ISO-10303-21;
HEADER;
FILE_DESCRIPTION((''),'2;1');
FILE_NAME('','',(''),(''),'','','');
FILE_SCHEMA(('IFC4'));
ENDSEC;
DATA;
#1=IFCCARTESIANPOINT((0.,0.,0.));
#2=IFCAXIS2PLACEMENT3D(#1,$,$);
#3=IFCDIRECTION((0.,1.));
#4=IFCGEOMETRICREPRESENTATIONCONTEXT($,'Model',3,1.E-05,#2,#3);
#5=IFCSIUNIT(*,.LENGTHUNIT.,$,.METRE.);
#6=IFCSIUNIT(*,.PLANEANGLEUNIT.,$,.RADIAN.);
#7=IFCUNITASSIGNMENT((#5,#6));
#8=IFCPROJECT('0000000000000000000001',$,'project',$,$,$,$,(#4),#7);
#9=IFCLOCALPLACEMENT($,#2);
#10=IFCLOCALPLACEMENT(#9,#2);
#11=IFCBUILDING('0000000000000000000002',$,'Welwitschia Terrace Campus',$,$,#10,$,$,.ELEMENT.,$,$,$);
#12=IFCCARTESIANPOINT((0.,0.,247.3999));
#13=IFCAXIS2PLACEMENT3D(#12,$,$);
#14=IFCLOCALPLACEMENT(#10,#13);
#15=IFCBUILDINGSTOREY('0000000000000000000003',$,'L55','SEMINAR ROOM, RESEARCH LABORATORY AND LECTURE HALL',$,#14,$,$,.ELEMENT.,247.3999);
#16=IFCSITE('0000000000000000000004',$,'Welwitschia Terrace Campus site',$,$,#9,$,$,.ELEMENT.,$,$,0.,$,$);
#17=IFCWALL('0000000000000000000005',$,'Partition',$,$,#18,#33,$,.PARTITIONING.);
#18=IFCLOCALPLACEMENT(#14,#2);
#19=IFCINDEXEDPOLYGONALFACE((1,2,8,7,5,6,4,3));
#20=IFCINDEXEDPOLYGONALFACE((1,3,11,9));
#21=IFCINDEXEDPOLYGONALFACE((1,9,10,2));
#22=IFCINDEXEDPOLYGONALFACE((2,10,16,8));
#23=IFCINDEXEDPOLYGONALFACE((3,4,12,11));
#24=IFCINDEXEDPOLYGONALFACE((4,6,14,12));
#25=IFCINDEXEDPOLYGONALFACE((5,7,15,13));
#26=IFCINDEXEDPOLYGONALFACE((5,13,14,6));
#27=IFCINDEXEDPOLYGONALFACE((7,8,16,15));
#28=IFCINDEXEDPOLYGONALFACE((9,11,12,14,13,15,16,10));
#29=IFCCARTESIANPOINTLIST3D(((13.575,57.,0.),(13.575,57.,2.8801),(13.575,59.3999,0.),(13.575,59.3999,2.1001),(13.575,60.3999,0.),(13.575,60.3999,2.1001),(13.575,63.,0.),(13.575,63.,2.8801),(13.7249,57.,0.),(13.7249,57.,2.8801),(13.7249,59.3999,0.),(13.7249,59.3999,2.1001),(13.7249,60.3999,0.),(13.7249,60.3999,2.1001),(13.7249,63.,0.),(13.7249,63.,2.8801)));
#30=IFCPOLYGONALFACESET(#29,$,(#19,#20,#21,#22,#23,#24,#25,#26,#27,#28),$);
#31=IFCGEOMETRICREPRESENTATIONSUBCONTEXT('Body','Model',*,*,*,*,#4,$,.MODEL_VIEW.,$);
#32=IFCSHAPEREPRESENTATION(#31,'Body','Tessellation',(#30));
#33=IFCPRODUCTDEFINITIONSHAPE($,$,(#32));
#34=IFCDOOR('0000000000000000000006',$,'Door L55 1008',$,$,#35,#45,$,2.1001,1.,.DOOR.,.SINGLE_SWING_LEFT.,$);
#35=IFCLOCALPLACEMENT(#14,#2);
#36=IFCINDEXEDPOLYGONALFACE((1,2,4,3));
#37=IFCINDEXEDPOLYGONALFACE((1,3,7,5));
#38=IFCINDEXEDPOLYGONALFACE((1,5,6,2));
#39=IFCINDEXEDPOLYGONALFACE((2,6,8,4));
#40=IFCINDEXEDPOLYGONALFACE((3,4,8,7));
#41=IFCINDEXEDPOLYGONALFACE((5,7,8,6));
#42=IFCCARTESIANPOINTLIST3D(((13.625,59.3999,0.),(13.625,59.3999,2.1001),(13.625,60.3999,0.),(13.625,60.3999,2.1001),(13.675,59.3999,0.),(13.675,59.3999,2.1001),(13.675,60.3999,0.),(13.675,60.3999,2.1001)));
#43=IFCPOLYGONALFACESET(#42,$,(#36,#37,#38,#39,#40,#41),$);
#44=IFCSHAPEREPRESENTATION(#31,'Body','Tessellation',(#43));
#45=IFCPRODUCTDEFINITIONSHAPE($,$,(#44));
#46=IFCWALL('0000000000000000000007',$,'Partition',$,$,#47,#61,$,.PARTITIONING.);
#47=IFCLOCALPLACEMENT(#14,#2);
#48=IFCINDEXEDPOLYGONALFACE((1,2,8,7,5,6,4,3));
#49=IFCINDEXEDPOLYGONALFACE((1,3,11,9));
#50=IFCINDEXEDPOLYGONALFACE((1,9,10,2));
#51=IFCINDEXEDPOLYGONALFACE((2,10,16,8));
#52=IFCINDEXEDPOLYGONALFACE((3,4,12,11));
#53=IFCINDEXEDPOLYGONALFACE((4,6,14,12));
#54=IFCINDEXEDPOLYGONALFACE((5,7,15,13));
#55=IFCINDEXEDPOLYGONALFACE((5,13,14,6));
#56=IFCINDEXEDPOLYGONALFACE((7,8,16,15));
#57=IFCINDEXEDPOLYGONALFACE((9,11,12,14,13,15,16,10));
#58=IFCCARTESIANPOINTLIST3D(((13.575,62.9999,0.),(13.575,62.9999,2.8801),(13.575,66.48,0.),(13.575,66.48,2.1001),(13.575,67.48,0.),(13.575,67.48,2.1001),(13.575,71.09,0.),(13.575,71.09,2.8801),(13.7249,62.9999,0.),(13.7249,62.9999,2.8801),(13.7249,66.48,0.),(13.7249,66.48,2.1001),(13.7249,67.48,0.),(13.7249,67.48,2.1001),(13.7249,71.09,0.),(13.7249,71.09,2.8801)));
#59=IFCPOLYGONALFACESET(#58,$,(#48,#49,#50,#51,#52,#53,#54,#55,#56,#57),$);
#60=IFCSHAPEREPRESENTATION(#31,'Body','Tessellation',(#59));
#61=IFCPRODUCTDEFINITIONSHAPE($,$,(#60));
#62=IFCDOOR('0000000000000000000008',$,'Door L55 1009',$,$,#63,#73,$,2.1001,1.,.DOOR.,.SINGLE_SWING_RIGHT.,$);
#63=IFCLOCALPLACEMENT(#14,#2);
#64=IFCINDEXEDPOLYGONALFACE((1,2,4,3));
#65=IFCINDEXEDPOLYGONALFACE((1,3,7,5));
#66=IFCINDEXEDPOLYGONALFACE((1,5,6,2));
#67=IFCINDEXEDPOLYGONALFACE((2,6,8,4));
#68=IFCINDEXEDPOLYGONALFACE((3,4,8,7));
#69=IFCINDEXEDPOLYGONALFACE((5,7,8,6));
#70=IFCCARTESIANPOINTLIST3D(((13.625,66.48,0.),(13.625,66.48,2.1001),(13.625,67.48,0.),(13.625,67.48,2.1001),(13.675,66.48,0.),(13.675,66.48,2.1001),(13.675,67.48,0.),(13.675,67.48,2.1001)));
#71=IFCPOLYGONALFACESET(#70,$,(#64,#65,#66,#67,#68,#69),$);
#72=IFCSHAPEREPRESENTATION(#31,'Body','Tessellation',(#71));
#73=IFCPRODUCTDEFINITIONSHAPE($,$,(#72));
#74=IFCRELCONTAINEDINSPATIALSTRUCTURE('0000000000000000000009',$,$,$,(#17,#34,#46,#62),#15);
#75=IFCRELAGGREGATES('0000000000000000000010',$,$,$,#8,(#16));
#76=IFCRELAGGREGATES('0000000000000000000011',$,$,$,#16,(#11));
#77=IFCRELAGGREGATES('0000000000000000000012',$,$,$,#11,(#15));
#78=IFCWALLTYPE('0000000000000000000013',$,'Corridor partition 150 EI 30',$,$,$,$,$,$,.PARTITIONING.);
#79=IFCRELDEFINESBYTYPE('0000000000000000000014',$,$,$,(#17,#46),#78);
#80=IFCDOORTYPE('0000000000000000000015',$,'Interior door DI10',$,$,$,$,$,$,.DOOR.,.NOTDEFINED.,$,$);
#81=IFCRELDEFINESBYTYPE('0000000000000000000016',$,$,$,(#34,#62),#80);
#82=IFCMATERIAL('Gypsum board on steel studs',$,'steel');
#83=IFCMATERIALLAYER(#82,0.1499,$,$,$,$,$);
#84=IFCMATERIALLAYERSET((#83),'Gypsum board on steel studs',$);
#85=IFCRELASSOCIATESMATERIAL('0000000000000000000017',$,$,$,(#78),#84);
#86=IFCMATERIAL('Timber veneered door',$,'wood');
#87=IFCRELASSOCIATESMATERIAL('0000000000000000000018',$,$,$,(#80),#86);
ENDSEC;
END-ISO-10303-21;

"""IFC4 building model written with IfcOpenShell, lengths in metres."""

from ifc_helpers import new_model, si_unit, direction, frame, frame_2d, origin, place, context, subcontext, project, spatial, rectangle, extrude, material, layer, layer_set, type_object, element, fill, save


model = new_model("IFC4")

# Units and contexts
model_context = context("Model", 3, precision=1e-05, world=origin(), true_north=direction((0.0, 1.0)))
body_context = subcontext(model_context, "Body", "Model", "MODEL_VIEW")
ifc_project = project(units=[si_unit("LENGTHUNIT", "METRE"), si_unit("PLANEANGLEUNIT", "RADIAN")], contexts=[model_context])

# Site, building, storey
site_placement = place(None, origin())
site = spatial("IfcSite", under=ifc_project, at=site_placement, Name="Welwitschia Terrace Campus site", CompositionType="ELEMENT", RefElevation=0.0)
building_placement = place(site_placement, origin())
building = spatial("IfcBuilding", under=site, at=building_placement, Name="Welwitschia Terrace Campus", CompositionType="ELEMENT")
storey_placement = place(building_placement, frame((0.0, 0.0, 247.3999)))
storey = spatial("IfcBuildingStorey", under=building, at=storey_placement, Name="L55", Description="SEMINAR ROOM, RESEARCH LABORATORY AND LECTURE HALL", CompositionType="ELEMENT", Elevation=247.3999)

# Shared definitions
ifc_material_1 = material(Name="Gypsum board on steel studs", Category="steel")
ifc_layer_1 = layer(ifc_material_1, 0.1499)
ifc_layer_set_1 = layer_set([ifc_layer_1], Name="Gypsum board on steel studs")
wall_type = type_object("IfcWallType", Name="Corridor partition 150 EI 30", PredefinedType="PARTITIONING", material=ifc_layer_set_1)

# Walls, openings, doors
wall_1_placement = place(storey_placement, frame((13.6499, 57.0, 0.0), z_axis=(0.0, 0.0, 1.0), x_axis=(0.0, 1.0, 0.0)))
wall_1 = element("IfcWall", 1, at=wall_1_placement, inside=storey, type_object=wall_type, Name="Partition", PredefinedType="PARTITIONING", context=body_context, shape_type="SweptSolid", body=[
    extrude(rectangle(XDim=6.0, YDim=0.1499, at=frame_2d((3.0, 0.0))), origin(), (0.0, 0.0, 1.0), 2.8801),
])
opening_1_placement = place(wall_1_placement, frame((2.3999, 0.0, 0.0)))
opening_1 = element("IfcOpeningElement", 2, at=opening_1_placement, cuts=wall_1, PredefinedType="OPENING", context=body_context, shape_type="SweptSolid", body=[
    extrude(rectangle(XDim=1.0, YDim=2.1001, at=frame_2d((0.5, 1.05))), frame((0.0, 0.085, 0.0), z_axis=(0.0, -1.0, 0.0), x_axis=(1.0, 0.0, 0.0)), (0.0, 0.0, 1.0), 0.1699),
])
ifc_material_2 = material(Name="Timber veneered door", Category="wood")
door_type = type_object("IfcDoorType", Name="Interior door DI10", OperationType="NOTDEFINED", PredefinedType="DOOR", material=ifc_material_2)
door_1_placement = place(opening_1_placement, origin())
door_1 = element("IfcDoor", 3, at=door_1_placement, inside=storey, type_object=door_type, Name="Door L55 1008", OperationType="SINGLE_SWING_LEFT", OverallHeight=2.1001, OverallWidth=1.0, PredefinedType="DOOR", context=body_context, shape_type="SweptSolid", body=[
    extrude(rectangle(XDim=1.0, YDim=2.1001, at=frame_2d((0.5, 1.05))), frame((0.0, 0.0249, 0.0), z_axis=(0.0, -1.0, 0.0), x_axis=(1.0, 0.0, 0.0)), (0.0, 0.0, 1.0), 0.05),
])
fill(opening_1, door_1)
wall_2_placement = place(storey_placement, frame((13.6499, 63.0, 0.0), z_axis=(0.0, 0.0, 1.0), x_axis=(0.0, 1.0, 0.0)))
wall_2 = element("IfcWall", 4, at=wall_2_placement, inside=storey, type_object=wall_type, Name="Partition", PredefinedType="PARTITIONING", context=body_context, shape_type="SweptSolid", body=[
    extrude(rectangle(XDim=8.0901, YDim=0.1499, at=frame_2d((4.0449, 0.0))), origin(), (0.0, 0.0, 1.0), 2.8801),
])
opening_2_placement = place(wall_2_placement, frame((3.48, 0.0, 0.0)))
opening_2 = element("IfcOpeningElement", 5, at=opening_2_placement, cuts=wall_2, PredefinedType="OPENING", context=body_context, shape_type="SweptSolid", body=[
    extrude(rectangle(XDim=1.0, YDim=2.1001, at=frame_2d((0.5, 1.05))), frame((0.0, 0.085, 0.0), z_axis=(0.0, -1.0, 0.0), x_axis=(1.0, 0.0, 0.0)), (0.0, 0.0, 1.0), 0.1699),
])
door_2_placement = place(opening_2_placement, origin())
door_2 = element("IfcDoor", 6, at=door_2_placement, inside=storey, type_object=door_type, Name="Door L55 1009", OperationType="SINGLE_SWING_RIGHT", OverallHeight=2.1001, OverallWidth=1.0, PredefinedType="DOOR", context=body_context, shape_type="SweptSolid", body=[
    extrude(rectangle(XDim=1.0, YDim=2.1001, at=frame_2d((0.5, 1.05))), frame((0.0, 0.0249, 0.0), z_axis=(0.0, -1.0, 0.0), x_axis=(1.0, 0.0, 0.0)), (0.0, 0.0, 1.0), 0.05),
])
fill(opening_2, door_2)

save(model, "model.ifc")
